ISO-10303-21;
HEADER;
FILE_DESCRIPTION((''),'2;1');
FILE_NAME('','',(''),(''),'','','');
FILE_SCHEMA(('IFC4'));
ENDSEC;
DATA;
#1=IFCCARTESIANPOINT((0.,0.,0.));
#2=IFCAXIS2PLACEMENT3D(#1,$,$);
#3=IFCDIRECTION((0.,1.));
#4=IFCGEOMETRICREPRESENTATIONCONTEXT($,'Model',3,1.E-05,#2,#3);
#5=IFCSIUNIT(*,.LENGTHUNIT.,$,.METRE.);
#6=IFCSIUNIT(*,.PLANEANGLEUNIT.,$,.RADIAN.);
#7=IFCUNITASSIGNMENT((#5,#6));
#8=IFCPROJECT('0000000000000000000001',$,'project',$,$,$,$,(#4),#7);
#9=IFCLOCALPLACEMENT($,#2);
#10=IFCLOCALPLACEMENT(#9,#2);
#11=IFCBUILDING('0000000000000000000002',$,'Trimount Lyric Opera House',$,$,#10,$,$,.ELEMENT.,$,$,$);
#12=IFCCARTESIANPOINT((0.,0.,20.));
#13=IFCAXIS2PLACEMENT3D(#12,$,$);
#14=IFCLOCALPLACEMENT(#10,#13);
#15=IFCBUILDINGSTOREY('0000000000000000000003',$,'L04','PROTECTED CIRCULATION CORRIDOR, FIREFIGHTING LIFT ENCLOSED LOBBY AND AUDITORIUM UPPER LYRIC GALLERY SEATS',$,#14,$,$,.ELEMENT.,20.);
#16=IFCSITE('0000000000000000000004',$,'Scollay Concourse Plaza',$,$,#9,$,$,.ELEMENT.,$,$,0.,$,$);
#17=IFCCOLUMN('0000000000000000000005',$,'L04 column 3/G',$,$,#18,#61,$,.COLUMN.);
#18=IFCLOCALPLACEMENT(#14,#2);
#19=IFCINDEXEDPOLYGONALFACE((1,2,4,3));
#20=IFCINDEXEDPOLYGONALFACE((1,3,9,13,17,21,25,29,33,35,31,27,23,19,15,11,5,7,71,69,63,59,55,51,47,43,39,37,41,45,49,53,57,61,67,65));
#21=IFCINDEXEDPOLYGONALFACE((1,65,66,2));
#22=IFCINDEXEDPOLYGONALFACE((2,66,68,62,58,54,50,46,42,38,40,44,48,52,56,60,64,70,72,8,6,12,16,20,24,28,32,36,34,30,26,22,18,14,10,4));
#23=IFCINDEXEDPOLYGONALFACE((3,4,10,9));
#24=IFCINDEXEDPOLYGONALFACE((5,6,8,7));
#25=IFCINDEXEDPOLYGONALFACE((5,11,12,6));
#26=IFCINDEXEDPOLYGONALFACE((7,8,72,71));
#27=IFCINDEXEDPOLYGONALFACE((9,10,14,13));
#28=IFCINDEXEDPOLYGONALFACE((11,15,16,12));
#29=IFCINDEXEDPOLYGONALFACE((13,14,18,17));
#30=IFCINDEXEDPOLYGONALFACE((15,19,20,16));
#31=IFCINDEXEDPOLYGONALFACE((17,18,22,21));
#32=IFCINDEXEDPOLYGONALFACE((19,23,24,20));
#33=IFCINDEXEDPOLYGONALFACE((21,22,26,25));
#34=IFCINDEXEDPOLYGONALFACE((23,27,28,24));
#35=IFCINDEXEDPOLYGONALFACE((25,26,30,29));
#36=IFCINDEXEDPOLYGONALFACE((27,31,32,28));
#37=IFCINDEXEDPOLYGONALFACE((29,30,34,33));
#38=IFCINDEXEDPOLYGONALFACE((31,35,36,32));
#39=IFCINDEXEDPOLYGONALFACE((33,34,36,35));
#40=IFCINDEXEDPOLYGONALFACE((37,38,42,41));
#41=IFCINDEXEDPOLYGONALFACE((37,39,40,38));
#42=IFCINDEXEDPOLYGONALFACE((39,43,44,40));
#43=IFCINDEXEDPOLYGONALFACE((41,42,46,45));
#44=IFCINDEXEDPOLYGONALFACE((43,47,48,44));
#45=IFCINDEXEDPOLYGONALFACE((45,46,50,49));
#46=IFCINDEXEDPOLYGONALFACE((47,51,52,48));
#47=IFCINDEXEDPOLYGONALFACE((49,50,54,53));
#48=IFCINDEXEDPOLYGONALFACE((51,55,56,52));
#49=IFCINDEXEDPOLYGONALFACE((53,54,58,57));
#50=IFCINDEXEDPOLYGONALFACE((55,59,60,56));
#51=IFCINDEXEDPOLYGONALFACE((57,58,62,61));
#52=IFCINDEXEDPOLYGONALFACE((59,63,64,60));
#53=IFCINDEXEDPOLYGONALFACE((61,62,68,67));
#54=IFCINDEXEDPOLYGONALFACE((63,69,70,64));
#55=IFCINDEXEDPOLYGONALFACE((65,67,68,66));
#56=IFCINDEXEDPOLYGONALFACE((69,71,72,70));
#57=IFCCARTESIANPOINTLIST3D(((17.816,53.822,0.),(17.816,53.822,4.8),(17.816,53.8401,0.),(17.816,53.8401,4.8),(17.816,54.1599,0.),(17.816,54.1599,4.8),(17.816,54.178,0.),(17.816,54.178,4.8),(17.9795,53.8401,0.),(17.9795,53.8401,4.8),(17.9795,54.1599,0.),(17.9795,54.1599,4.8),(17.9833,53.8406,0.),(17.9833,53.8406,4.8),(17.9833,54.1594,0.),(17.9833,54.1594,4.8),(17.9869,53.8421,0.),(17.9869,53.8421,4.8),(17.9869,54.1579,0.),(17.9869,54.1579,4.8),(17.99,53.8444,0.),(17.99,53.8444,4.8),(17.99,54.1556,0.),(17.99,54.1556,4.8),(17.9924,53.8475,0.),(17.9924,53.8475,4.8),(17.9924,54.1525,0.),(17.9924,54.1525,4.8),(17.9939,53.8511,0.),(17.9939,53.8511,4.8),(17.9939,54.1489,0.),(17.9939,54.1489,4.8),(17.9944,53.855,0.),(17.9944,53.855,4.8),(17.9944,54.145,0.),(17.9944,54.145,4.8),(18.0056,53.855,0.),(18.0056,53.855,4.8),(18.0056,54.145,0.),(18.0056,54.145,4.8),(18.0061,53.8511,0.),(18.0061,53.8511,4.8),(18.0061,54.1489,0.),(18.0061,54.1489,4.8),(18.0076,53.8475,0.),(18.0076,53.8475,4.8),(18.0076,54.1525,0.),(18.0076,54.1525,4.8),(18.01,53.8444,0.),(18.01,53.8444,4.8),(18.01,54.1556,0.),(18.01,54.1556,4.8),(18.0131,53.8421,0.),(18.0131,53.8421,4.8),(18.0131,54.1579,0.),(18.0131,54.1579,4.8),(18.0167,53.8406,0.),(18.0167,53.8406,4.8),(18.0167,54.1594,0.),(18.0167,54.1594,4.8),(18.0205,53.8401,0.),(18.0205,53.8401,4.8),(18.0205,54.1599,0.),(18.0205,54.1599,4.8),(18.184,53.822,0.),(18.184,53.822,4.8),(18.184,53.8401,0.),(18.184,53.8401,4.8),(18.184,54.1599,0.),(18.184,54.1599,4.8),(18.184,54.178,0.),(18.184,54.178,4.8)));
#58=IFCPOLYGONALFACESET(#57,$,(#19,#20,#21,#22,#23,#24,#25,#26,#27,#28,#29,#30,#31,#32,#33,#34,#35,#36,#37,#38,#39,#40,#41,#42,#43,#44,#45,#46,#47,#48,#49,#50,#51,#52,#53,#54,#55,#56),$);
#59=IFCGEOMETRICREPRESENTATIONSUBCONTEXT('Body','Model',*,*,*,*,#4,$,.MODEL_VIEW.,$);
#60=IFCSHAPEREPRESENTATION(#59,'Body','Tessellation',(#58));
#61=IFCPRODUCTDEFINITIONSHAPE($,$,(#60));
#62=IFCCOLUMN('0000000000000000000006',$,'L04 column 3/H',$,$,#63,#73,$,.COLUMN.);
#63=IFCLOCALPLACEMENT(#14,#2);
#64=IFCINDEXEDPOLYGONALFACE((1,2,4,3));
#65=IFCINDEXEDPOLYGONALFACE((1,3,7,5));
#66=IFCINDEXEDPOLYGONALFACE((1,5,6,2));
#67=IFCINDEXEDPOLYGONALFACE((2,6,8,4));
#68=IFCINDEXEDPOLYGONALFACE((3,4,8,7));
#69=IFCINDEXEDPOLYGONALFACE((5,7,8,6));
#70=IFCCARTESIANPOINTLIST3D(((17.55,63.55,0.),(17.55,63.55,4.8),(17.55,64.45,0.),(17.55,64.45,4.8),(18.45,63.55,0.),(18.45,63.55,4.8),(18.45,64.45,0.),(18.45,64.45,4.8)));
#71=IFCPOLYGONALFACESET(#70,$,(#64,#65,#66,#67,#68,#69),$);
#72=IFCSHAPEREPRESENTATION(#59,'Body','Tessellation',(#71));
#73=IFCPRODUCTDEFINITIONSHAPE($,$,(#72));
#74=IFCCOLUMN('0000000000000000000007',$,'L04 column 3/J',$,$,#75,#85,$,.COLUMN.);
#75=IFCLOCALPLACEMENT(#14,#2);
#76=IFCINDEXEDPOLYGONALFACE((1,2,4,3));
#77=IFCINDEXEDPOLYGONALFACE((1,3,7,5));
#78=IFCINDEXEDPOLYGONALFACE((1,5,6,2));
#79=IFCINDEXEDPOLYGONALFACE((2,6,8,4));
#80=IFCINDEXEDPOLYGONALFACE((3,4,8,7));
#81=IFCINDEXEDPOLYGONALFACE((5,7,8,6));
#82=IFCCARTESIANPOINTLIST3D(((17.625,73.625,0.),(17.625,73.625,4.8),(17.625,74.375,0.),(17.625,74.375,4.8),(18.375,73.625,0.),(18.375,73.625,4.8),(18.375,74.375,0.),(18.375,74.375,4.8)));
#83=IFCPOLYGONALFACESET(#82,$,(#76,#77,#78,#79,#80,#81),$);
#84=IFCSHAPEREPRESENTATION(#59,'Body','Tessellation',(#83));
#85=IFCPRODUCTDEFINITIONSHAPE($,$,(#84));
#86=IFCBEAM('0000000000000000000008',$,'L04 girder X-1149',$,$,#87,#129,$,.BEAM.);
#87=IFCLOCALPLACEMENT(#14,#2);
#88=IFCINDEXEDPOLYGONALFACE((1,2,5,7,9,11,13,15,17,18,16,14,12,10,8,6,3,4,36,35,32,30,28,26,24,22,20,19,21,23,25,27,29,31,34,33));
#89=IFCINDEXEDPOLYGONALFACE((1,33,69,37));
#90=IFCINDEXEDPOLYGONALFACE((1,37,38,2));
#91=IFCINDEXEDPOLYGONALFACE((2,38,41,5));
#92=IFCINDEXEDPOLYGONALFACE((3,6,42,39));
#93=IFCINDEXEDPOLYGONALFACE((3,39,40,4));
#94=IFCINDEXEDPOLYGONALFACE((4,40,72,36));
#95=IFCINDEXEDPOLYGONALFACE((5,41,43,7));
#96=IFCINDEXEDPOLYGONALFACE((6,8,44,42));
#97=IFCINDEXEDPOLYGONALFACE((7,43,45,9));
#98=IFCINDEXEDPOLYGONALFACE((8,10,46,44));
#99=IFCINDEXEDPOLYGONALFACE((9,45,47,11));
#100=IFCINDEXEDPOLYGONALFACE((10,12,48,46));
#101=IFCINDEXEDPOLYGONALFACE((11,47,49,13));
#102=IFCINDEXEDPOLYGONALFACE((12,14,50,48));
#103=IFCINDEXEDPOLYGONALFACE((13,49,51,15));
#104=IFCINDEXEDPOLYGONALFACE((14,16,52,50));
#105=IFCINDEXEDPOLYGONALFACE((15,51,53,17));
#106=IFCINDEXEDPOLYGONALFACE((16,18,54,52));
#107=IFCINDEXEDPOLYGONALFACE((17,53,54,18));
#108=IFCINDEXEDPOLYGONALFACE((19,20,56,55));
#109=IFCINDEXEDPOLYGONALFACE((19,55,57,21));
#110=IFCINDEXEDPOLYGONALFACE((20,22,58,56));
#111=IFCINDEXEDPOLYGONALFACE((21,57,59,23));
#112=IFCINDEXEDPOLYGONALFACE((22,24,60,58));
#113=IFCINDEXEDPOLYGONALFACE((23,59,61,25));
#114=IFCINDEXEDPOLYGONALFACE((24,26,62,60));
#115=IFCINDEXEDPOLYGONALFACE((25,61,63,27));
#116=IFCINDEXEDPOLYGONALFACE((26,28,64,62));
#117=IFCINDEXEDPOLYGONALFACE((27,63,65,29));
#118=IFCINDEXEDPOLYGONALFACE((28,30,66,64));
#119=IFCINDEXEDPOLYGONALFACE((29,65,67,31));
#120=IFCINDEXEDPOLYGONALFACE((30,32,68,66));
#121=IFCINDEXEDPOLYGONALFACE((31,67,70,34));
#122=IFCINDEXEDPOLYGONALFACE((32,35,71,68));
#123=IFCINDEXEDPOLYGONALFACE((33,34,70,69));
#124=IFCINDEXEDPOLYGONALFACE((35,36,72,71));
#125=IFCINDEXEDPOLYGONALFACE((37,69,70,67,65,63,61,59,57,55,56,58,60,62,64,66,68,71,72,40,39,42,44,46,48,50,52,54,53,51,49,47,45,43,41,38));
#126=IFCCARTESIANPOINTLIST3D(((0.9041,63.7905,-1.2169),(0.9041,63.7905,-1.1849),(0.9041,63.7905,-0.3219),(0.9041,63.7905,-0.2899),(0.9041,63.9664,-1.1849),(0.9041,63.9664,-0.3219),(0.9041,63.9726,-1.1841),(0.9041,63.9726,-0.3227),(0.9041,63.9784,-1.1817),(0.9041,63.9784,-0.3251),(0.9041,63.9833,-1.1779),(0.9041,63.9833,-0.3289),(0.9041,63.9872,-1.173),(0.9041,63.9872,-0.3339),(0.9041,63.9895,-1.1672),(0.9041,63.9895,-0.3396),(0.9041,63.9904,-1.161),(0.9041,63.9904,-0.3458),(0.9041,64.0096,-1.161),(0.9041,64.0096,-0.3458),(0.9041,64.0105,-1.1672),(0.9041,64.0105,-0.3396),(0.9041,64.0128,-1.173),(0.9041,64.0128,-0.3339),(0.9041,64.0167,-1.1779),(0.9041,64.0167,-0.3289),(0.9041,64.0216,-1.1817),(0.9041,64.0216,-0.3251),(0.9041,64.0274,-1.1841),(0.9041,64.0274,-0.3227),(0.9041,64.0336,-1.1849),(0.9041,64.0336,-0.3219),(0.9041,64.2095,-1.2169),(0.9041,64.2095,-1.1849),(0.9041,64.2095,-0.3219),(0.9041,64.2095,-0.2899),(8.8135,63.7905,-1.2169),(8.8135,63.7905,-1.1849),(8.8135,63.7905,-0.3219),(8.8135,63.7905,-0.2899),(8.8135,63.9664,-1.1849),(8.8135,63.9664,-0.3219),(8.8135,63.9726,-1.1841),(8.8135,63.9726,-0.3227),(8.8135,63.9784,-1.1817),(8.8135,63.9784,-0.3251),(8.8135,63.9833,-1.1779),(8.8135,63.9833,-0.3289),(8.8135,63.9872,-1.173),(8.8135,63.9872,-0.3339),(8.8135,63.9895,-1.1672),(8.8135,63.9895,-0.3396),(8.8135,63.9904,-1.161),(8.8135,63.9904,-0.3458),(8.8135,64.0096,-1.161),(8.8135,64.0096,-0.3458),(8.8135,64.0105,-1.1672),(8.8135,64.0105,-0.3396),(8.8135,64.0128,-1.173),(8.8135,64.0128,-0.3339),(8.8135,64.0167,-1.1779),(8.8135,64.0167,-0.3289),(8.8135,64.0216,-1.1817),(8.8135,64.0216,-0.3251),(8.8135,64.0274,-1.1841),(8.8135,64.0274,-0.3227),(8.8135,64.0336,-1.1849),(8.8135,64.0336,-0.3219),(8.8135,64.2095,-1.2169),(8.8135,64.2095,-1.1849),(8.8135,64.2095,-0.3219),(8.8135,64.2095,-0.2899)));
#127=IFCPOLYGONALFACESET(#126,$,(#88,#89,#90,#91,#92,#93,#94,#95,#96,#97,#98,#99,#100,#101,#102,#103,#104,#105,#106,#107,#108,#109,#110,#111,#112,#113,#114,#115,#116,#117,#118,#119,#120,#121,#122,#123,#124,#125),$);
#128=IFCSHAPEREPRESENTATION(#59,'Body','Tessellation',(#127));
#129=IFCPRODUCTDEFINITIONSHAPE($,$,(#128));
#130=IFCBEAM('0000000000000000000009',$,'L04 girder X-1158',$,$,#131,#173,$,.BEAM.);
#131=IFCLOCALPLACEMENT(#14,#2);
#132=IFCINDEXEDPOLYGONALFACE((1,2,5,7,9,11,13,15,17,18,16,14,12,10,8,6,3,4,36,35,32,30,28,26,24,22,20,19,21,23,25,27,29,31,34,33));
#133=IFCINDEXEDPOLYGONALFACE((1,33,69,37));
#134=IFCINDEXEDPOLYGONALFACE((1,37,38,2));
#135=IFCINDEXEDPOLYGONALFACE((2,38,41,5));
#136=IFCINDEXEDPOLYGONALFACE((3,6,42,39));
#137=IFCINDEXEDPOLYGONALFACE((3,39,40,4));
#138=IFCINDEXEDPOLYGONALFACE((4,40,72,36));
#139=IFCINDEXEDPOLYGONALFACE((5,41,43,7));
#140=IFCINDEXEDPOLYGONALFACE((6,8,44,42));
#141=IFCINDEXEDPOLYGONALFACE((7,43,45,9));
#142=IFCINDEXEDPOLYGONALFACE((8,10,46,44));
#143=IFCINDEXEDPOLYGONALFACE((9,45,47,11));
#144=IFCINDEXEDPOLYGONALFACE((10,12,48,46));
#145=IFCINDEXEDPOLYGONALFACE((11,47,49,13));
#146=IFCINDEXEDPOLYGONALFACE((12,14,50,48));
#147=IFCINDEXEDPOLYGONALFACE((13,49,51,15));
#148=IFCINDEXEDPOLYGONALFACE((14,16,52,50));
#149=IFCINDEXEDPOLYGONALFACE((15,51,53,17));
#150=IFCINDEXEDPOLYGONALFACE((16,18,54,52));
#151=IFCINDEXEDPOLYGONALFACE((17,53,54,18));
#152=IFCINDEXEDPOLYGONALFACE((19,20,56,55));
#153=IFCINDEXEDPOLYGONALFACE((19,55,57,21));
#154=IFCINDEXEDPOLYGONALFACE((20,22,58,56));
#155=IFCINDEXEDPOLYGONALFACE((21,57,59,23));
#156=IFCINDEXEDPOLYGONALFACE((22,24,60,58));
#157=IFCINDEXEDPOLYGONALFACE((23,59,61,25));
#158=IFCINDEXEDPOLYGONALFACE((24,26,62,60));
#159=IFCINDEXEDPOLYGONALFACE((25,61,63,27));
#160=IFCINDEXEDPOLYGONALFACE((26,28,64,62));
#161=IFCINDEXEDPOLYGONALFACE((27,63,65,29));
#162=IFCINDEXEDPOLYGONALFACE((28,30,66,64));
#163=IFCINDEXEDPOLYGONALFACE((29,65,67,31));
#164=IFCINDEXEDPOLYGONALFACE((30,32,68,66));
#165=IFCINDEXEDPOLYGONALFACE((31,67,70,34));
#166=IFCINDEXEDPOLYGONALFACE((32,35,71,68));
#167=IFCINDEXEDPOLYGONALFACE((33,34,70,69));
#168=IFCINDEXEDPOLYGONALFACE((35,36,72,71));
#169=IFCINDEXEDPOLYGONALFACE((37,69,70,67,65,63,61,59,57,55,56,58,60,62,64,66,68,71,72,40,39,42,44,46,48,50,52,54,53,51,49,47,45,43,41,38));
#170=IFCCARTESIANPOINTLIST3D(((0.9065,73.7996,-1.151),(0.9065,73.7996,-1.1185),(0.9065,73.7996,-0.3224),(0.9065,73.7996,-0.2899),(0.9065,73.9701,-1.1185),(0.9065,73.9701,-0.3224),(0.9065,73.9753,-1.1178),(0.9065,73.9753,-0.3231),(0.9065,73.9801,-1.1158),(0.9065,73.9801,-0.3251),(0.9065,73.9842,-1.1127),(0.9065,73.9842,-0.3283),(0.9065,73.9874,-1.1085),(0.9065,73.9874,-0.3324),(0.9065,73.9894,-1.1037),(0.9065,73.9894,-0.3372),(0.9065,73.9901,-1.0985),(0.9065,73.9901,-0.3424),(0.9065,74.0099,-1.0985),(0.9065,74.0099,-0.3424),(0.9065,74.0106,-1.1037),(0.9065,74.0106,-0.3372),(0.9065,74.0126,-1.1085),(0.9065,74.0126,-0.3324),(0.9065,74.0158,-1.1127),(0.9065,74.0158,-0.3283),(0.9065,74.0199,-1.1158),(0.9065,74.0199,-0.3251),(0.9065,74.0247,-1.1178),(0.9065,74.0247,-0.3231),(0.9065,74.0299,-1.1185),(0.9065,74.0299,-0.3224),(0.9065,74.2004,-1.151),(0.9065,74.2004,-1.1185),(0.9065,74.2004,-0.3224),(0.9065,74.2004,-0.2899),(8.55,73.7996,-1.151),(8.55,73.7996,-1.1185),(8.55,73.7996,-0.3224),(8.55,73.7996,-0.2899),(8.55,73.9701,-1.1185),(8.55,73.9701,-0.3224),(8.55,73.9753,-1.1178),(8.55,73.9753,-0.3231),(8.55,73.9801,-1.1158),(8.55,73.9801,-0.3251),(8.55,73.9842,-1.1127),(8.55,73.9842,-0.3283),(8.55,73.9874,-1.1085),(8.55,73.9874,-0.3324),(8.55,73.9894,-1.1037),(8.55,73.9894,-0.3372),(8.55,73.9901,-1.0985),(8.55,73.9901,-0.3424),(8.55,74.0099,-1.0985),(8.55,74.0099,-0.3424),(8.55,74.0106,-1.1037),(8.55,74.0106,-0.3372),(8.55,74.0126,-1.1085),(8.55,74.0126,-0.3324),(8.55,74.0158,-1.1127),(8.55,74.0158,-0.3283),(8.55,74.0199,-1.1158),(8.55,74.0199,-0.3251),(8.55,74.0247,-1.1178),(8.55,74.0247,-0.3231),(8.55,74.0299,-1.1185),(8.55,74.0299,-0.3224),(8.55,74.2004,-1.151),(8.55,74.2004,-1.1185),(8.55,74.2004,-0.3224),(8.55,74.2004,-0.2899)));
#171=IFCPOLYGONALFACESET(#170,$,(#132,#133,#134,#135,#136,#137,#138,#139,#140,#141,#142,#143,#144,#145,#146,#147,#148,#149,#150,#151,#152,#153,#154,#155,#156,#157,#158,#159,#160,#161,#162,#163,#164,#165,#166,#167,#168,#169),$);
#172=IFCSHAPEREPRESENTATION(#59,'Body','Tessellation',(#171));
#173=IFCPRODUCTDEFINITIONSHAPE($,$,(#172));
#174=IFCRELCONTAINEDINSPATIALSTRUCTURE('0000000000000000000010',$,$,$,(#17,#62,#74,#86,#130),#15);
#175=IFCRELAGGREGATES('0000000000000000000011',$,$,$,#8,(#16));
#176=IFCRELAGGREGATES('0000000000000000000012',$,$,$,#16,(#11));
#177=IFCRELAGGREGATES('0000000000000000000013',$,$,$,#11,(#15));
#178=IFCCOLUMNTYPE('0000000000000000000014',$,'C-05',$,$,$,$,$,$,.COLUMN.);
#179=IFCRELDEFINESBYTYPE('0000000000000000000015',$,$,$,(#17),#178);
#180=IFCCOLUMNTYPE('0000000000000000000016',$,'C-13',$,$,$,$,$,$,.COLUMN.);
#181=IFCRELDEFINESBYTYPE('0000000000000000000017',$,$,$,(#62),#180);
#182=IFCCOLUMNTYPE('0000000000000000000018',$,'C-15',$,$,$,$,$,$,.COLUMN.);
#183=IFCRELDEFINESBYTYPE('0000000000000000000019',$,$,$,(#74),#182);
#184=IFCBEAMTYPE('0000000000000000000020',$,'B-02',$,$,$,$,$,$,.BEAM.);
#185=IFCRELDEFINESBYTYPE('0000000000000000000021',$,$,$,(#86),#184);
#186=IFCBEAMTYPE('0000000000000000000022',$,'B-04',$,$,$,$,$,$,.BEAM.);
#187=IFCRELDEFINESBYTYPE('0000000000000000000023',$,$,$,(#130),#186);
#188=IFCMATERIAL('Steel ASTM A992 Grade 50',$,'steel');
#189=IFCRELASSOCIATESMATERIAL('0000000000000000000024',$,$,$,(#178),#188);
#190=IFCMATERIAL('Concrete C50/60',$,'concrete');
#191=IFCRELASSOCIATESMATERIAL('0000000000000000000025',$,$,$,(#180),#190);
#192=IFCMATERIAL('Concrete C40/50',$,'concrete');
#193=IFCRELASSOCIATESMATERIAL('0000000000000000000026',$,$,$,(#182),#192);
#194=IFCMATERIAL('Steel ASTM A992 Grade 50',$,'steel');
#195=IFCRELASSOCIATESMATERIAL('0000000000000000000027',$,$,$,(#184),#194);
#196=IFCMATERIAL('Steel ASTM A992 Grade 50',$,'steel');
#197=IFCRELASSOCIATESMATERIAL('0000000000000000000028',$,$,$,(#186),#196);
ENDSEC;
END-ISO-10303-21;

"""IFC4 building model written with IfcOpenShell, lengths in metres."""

from ifc_helpers import new_model, si_unit, direction, frame, origin, origin_2d, place, context, subcontext, project, spatial, rectangle, i_section, extrude, material, material_profile, profile_set, type_object, element, save


model = new_model("IFC4")

# Units and contexts
model_context = context("Model", 3, precision=1e-05, world=origin(), true_north=direction((0.0, 1.0)))
body_context = subcontext(model_context, "Body", "Model", "MODEL_VIEW")
ifc_project = project(units=[si_unit("LENGTHUNIT", "METRE"), si_unit("PLANEANGLEUNIT", "RADIAN")], contexts=[model_context])

# Site, building, storey
site_placement = place(None, origin())
site = spatial("IfcSite", under=ifc_project, at=site_placement, Name="Scollay Concourse Plaza", CompositionType="ELEMENT", RefElevation=0.0)
building_placement = place(site_placement, origin())
building = spatial("IfcBuilding", under=site, at=building_placement, Name="Trimount Lyric Opera House", CompositionType="ELEMENT")
storey_placement = place(building_placement, frame((0.0, 0.0, 20.0)))
storey = spatial("IfcBuildingStorey", under=building, at=storey_placement, Name="L04", Description="PROTECTED CIRCULATION CORRIDOR, FIREFIGHTING LIFT ENCLOSED LOBBY AND AUDITORIUM UPPER LYRIC GALLERY SEATS", CompositionType="ELEMENT", Elevation=20.0)

# Columns
ifc_material_1 = material(Name="Steel ASTM A992 Grade 50", Category="steel")
ifc_material_profile_1 = material_profile(ifc_material_1, i_section(OverallWidth=0.3679, OverallDepth=0.356, WebThickness=0.0112, FlangeThickness=0.0181, FilletRadius=0.0149, at=origin_2d()), Name="W14X90")
ifc_profile_set_1 = profile_set([ifc_material_profile_1], Name="Steel ASTM A992 Grade 50")
column_type_1 = type_object("IfcColumnType", Name="C-05", PredefinedType="COLUMN", material=ifc_profile_set_1)
column_1_placement = place(storey_placement, frame((18.0, 54.0, 0.0), z_axis=(0.0, 0.0, 1.0), x_axis=(1.0, 0.0, 0.0)))
element("IfcColumn", 1, at=column_1_placement, inside=storey, type_object=column_type_1, Name="L04 column 3/G", PredefinedType="COLUMN", context=body_context, shape_type="SweptSolid", body=[
    extrude(i_section(OverallWidth=0.3679, OverallDepth=0.356, WebThickness=0.0112, FlangeThickness=0.0181, FilletRadius=0.0149, at=origin_2d()), origin(), (0.0, 0.0, 1.0), 4.8),
])
ifc_material_2 = material(Name="Concrete C50/60", Category="concrete")
ifc_material_profile_2 = material_profile(ifc_material_2, rectangle(XDim=0.8999, YDim=0.8999, at=origin_2d()), Name="RC900X900")
ifc_profile_set_2 = profile_set([ifc_material_profile_2], Name="Concrete C50/60")
column_type_2 = type_object("IfcColumnType", Name="C-13", PredefinedType="COLUMN", material=ifc_profile_set_2)
column_2_placement = place(storey_placement, frame((18.0, 64.0, 0.0), z_axis=(0.0, 0.0, 1.0), x_axis=(1.0, 0.0, 0.0)))
element("IfcColumn", 2, at=column_2_placement, inside=storey, type_object=column_type_2, Name="L04 column 3/H", PredefinedType="COLUMN", context=body_context, shape_type="SweptSolid", body=[
    extrude(rectangle(XDim=0.8999, YDim=0.8999, at=origin_2d()), origin(), (0.0, 0.0, 1.0), 4.8),
])
ifc_material_3 = material(Name="Concrete C40/50", Category="concrete")
ifc_material_profile_3 = material_profile(ifc_material_3, rectangle(XDim=0.75, YDim=0.75, at=origin_2d()), Name="RC750X750")
ifc_profile_set_3 = profile_set([ifc_material_profile_3], Name="Concrete C40/50")
column_type_3 = type_object("IfcColumnType", Name="C-15", PredefinedType="COLUMN", material=ifc_profile_set_3)
column_3_placement = place(storey_placement, frame((18.0, 74.0, 0.0), z_axis=(0.0, 0.0, 1.0), x_axis=(1.0, 0.0, 0.0)))
element("IfcColumn", 3, at=column_3_placement, inside=storey, type_object=column_type_3, Name="L04 column 3/J", PredefinedType="COLUMN", context=body_context, shape_type="SweptSolid", body=[
    extrude(rectangle(XDim=0.75, YDim=0.75, at=origin_2d()), origin(), (0.0, 0.0, 1.0), 4.8),
])

# Beams
ifc_material_4 = material(Name="Steel ASTM A992 Grade 50", Category="steel")
ifc_material_profile_4 = material_profile(ifc_material_4, i_section(OverallWidth=0.4189, OverallDepth=0.927, WebThickness=0.0193, FlangeThickness=0.032, FilletRadius=0.0239, at=origin_2d()), Name="W36X231")
ifc_profile_set_4 = profile_set([ifc_material_profile_4], Name="Steel ASTM A992 Grade 50")
beam_type_1 = type_object("IfcBeamType", Name="B-02", PredefinedType="BEAM", material=ifc_profile_set_4)
beam_1_placement = place(storey_placement, frame((0.9041, 64.0, -0.7534), z_axis=(1.0, 0.0, 0.0), x_axis=(0.0, 1.0, 0.0)))
element("IfcBeam", 4, at=beam_1_placement, inside=storey, type_object=beam_type_1, Name="L04 girder X-1149", PredefinedType="BEAM", context=body_context, shape_type="SweptSolid", body=[
    extrude(i_section(OverallWidth=0.4189, OverallDepth=0.927, WebThickness=0.0193, FlangeThickness=0.032, FilletRadius=0.0239, at=origin_2d()), origin(), (0.0, 0.0, 1.0), 7.9094),
])
ifc_material_5 = material(Name="Steel ASTM A992 Grade 50", Category="steel")
ifc_material_profile_5 = material_profile(ifc_material_5, i_section(OverallWidth=0.4009, OverallDepth=0.8611, WebThickness=0.0198, FlangeThickness=0.0325, FilletRadius=0.02, at=origin_2d()), Name="W33X221")
ifc_profile_set_5 = profile_set([ifc_material_profile_5], Name="Steel ASTM A992 Grade 50")
beam_type_2 = type_object("IfcBeamType", Name="B-04", PredefinedType="BEAM", material=ifc_profile_set_5)
beam_2_placement = place(storey_placement, frame((0.9065, 74.0, -0.7205), z_axis=(1.0, 0.0, 0.0), x_axis=(0.0, 1.0, 0.0)))
element("IfcBeam", 5, at=beam_2_placement, inside=storey, type_object=beam_type_2, Name="L04 girder X-1158", PredefinedType="BEAM", context=body_context, shape_type="SweptSolid", body=[
    extrude(i_section(OverallWidth=0.4009, OverallDepth=0.8611, WebThickness=0.0198, FlangeThickness=0.0325, FilletRadius=0.02, at=origin_2d()), origin(), (0.0, 0.0, 1.0), 7.6436),
])

save(model, "model.ifc")
